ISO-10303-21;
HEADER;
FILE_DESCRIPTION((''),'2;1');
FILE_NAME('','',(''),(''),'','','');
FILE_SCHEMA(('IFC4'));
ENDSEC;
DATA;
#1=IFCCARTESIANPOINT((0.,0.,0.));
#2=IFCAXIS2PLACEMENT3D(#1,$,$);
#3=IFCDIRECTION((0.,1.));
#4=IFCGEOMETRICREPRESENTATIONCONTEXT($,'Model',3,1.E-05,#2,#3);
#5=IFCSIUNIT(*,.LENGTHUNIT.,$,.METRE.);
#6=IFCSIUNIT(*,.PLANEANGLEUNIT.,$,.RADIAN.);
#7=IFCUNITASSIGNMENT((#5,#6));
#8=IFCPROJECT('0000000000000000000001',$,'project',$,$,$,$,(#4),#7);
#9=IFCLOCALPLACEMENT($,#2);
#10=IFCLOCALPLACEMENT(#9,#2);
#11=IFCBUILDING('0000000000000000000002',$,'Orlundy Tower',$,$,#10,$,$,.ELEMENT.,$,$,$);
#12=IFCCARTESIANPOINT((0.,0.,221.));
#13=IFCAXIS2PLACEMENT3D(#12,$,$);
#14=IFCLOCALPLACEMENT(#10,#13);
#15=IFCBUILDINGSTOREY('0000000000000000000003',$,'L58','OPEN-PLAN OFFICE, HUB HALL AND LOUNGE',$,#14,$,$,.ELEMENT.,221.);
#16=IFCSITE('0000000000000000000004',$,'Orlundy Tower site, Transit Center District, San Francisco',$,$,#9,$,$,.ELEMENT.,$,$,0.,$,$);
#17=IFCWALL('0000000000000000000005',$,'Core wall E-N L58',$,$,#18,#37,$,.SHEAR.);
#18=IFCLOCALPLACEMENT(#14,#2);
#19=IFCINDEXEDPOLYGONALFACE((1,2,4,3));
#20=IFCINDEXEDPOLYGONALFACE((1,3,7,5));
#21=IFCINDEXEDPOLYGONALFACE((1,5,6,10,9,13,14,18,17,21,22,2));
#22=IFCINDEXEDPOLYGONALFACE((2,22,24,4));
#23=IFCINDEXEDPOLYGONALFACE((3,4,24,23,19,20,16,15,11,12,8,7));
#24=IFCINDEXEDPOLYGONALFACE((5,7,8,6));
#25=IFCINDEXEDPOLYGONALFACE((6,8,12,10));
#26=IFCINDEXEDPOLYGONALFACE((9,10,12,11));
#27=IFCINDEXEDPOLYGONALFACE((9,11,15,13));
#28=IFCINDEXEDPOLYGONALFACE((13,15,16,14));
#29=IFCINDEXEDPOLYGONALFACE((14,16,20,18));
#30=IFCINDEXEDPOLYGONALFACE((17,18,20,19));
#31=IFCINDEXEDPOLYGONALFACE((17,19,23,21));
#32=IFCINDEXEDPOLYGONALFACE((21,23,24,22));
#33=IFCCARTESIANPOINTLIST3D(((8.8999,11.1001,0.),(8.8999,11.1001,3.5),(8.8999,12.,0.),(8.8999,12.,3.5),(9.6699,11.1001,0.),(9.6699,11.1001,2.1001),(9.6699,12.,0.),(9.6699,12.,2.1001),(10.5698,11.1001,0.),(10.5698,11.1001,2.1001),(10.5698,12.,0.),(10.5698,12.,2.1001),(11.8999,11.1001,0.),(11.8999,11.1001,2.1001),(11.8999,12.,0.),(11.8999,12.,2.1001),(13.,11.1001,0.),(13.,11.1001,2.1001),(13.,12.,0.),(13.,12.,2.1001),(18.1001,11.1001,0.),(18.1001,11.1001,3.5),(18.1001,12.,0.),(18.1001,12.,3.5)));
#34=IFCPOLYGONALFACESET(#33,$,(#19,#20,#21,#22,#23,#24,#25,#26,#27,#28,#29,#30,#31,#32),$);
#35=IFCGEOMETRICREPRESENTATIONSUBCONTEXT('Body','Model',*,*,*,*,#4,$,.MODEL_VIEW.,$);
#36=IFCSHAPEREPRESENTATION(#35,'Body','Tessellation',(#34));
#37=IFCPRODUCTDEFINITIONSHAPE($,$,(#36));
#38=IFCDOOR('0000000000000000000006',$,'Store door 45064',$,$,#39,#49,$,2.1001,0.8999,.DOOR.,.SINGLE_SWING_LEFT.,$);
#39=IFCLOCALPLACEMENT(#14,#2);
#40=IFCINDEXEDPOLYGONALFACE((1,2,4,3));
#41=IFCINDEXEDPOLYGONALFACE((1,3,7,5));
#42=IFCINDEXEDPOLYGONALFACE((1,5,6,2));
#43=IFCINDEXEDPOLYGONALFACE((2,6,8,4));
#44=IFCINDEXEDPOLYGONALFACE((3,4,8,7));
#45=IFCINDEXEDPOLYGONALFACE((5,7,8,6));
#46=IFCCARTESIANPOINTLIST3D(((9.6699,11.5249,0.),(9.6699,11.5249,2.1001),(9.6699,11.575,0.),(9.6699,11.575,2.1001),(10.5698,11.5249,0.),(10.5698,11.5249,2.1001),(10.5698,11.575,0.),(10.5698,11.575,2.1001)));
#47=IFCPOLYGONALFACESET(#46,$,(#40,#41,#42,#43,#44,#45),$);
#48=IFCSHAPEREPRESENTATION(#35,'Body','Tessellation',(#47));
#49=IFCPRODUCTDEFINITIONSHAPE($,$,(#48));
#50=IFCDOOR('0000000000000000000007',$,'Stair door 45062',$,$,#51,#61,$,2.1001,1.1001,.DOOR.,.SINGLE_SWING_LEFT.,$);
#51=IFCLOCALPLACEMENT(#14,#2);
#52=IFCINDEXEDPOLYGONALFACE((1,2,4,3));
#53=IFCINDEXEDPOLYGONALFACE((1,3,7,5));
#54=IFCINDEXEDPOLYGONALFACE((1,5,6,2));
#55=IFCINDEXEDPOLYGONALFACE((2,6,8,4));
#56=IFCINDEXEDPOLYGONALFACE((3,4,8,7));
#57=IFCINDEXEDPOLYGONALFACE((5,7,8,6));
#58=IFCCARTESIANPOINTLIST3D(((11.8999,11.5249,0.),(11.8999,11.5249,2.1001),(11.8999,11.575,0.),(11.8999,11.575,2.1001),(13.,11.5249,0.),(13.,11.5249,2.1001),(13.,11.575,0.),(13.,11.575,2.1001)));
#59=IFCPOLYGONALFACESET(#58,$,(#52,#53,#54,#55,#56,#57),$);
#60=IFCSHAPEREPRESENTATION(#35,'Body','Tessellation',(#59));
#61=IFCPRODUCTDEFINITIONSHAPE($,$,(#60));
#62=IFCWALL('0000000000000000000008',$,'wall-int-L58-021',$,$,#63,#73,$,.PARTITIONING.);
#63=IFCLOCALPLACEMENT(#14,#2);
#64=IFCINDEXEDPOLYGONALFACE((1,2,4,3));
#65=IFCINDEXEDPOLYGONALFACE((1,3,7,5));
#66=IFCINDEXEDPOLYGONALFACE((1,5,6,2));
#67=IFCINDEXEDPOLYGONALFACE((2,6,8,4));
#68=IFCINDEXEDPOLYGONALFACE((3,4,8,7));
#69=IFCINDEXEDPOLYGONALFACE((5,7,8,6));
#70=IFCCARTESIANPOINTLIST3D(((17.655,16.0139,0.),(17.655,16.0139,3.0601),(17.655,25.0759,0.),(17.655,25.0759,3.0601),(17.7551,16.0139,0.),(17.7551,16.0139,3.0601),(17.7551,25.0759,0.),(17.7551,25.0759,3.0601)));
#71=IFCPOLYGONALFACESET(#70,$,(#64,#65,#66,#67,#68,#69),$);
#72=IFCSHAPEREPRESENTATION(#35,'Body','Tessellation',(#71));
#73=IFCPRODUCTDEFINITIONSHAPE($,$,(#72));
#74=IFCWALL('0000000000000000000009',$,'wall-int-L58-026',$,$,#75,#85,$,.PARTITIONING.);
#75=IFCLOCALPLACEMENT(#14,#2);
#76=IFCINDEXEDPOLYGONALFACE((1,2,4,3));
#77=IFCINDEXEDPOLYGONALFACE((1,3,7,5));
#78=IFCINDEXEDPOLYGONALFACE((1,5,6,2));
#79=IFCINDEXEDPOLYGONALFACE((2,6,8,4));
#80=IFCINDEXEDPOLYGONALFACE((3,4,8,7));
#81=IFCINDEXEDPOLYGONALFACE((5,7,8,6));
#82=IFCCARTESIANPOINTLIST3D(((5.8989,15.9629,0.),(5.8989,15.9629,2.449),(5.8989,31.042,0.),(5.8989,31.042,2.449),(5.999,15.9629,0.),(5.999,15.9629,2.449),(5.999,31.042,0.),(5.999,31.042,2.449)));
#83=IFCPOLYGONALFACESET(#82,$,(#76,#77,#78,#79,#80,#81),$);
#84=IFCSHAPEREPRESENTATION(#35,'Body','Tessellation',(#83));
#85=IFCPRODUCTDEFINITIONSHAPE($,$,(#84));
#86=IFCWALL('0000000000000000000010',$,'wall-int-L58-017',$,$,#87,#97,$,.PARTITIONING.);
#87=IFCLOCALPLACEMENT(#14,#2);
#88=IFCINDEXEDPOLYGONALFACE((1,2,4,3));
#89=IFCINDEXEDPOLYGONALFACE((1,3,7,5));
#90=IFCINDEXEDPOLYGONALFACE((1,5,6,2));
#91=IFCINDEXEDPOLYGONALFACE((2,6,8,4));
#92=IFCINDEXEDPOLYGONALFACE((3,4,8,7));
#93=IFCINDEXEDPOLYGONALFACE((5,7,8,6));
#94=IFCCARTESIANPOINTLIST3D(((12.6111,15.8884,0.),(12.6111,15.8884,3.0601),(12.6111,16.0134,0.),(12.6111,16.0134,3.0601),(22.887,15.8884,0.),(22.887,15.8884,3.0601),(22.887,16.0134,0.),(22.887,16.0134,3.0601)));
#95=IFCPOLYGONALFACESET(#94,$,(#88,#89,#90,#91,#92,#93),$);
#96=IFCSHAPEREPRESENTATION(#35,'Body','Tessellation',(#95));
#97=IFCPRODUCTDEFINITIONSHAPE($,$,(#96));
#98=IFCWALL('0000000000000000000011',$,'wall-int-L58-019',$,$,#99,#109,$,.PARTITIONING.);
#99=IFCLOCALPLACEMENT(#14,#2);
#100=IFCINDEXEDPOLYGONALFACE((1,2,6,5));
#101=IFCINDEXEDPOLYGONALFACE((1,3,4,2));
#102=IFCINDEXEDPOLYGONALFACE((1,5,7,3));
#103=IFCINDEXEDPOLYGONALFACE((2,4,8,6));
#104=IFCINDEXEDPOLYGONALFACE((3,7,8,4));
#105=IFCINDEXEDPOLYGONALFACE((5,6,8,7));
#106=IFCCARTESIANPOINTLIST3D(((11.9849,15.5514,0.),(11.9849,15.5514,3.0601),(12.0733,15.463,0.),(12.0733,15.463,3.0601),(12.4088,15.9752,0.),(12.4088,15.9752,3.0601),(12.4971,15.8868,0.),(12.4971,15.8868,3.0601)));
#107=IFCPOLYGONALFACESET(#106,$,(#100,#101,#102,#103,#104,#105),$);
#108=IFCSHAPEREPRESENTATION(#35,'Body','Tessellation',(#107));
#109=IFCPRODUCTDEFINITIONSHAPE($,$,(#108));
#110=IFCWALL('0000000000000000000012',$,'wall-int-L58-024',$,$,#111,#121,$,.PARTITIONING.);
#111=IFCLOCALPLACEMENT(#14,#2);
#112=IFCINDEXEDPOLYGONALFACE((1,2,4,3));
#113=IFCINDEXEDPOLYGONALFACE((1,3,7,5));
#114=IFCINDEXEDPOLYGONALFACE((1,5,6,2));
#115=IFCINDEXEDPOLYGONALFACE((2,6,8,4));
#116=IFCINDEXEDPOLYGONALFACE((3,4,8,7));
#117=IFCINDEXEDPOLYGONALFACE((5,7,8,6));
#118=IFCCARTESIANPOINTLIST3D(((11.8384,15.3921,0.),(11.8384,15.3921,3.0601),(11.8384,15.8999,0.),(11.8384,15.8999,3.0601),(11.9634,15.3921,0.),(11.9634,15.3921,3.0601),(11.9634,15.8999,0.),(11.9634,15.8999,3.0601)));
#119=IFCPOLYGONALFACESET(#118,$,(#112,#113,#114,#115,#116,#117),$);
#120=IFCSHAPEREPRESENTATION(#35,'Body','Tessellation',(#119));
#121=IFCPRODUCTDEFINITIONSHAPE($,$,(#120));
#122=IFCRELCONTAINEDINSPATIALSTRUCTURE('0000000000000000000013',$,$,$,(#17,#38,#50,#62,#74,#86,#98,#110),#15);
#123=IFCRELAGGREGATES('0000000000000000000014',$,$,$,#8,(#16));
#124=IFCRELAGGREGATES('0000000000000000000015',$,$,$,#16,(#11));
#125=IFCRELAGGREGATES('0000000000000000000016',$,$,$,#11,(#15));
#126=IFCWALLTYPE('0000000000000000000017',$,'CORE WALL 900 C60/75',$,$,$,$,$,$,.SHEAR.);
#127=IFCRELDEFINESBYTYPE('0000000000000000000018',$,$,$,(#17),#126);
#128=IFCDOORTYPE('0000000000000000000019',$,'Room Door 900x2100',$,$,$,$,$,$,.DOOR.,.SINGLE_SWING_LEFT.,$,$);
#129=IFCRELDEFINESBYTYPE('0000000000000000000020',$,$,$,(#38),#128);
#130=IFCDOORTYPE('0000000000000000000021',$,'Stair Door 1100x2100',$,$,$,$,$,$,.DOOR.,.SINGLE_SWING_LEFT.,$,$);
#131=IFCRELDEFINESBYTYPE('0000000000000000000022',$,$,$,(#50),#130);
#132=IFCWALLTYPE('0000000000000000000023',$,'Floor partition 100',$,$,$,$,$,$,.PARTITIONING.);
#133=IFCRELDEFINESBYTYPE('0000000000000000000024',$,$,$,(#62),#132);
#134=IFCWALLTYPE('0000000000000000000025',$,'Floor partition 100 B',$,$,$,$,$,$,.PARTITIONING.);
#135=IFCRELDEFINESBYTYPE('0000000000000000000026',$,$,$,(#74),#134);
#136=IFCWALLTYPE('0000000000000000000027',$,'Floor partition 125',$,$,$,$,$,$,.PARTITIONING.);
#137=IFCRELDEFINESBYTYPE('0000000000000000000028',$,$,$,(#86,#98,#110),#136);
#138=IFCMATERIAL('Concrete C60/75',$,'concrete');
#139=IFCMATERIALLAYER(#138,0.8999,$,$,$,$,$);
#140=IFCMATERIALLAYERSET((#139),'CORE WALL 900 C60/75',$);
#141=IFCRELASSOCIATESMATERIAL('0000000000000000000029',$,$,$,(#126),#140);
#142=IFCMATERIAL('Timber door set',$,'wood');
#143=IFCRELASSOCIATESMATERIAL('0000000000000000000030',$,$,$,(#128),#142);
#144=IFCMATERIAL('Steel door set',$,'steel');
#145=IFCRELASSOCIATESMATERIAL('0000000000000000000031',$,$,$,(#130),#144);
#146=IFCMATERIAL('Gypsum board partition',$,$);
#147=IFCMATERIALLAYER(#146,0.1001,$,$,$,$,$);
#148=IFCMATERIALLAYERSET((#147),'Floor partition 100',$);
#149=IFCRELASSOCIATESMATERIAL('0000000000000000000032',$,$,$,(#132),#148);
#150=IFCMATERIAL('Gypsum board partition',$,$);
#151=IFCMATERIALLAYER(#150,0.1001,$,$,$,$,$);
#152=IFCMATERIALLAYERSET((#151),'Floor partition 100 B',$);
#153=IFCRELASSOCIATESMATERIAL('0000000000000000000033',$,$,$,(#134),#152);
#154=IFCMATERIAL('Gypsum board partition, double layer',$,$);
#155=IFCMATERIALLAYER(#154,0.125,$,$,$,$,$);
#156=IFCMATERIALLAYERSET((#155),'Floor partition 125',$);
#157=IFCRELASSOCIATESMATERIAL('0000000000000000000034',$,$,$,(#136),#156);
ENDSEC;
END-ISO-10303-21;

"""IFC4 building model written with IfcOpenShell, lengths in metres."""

from ifc_helpers import new_model, si_unit, direction, frame, frame_2d, origin, place, context, subcontext, project, spatial, rectangle, extrude, material, layer, layer_set, type_object, element, fill, save


model = new_model("IFC4")

# Units and contexts
model_context = context("Model", 3, precision=1e-05, world=origin(), true_north=direction((0.0, 1.0)))
body_context = subcontext(model_context, "Body", "Model", "MODEL_VIEW")
ifc_project = project(units=[si_unit("LENGTHUNIT", "METRE"), si_unit("PLANEANGLEUNIT", "RADIAN")], contexts=[model_context])

# Site, building, storey
site_placement = place(None, origin())
site = spatial("IfcSite", under=ifc_project, at=site_placement, Name="Orlundy Tower site, Transit Center District, San Francisco", CompositionType="ELEMENT", RefElevation=0.0)
building_placement = place(site_placement, origin())
building = spatial("IfcBuilding", under=site, at=building_placement, Name="Orlundy Tower", CompositionType="ELEMENT")
storey_placement = place(building_placement, frame((0.0, 0.0, 221.0)))
storey = spatial("IfcBuildingStorey", under=building, at=storey_placement, Name="L58", Description="OPEN-PLAN OFFICE, HUB HALL AND LOUNGE", CompositionType="ELEMENT", Elevation=221.0)

# Wall, openings, doors
ifc_material_1 = material(Name="Concrete C60/75", Category="concrete")
ifc_layer_1 = layer(ifc_material_1, 0.8999)
ifc_layer_set_1 = layer_set([ifc_layer_1], Name="CORE WALL 900 C60/75")
wall_type_1 = type_object("IfcWallType", Name="CORE WALL 900 C60/75", PredefinedType="SHEAR", material=ifc_layer_set_1)
wall_1_placement = place(storey_placement, frame((8.8999, 11.55, 0.0), z_axis=(0.0, 0.0, 1.0), x_axis=(1.0, 0.0, 0.0)))
wall_1 = element("IfcWall", 1, at=wall_1_placement, inside=storey, type_object=wall_type_1, Name="Core wall E-N L58", PredefinedType="SHEAR", context=body_context, shape_type="SweptSolid", body=[
    extrude(rectangle(XDim=9.2002, YDim=0.8999, at=frame_2d((4.6001, 0.0))), origin(), (0.0, 0.0, 1.0), 3.5),
])
opening_1_placement = place(wall_1_placement, frame((3.0, 0.0, 0.0)))
opening_1 = element("IfcOpeningElement", 2, at=opening_1_placement, cuts=wall_1, PredefinedType="OPENING", context=body_context, shape_type="SweptSolid", body=[
    extrude(rectangle(XDim=1.1001, YDim=2.1001, at=frame_2d((0.55, 1.05))), frame((0.0, 0.46, 0.0), z_axis=(0.0, -1.0, 0.0), x_axis=(1.0, 0.0, 0.0)), (0.0, 0.0, 1.0), 0.9199),
])
opening_2_placement = place(wall_1_placement, frame((0.77, 0.0, 0.0)))
opening_2 = element("IfcOpeningElement", 3, at=opening_2_placement, cuts=wall_1, PredefinedType="OPENING", context=body_context, shape_type="SweptSolid", body=[
    extrude(rectangle(XDim=0.8999, YDim=2.1001, at=frame_2d((0.45, 1.05))), frame((0.0, 0.46, 0.0), z_axis=(0.0, -1.0, 0.0), x_axis=(1.0, 0.0, 0.0)), (0.0, 0.0, 1.0), 0.9199),
])
ifc_material_2 = material(Name="Timber door set", Category="wood")
door_type_1 = type_object("IfcDoorType", Name="Room Door 900x2100", OperationType="SINGLE_SWING_LEFT", PredefinedType="DOOR", material=ifc_material_2)
door_1_placement = place(opening_2_placement, origin())
door_1 = element("IfcDoor", 4, at=door_1_placement, inside=storey, type_object=door_type_1, Name="Store door 45064", OperationType="SINGLE_SWING_LEFT", OverallHeight=2.1001, OverallWidth=0.8999, PredefinedType="DOOR", context=body_context, shape_type="SweptSolid", body=[
    extrude(rectangle(XDim=0.8999, YDim=2.1001, at=frame_2d((0.45, 1.05))), frame((0.0, 0.0249, 0.0), z_axis=(0.0, -1.0, 0.0), x_axis=(1.0, 0.0, 0.0)), (0.0, 0.0, 1.0), 0.05),
])
fill(opening_2, door_1)
ifc_material_3 = material(Name="Steel door set", Category="steel")
door_type_2 = type_object("IfcDoorType", Name="Stair Door 1100x2100", OperationType="SINGLE_SWING_LEFT", PredefinedType="DOOR", material=ifc_material_3)
door_2_placement = place(opening_1_placement, origin())
door_2 = element("IfcDoor", 5, at=door_2_placement, inside=storey, type_object=door_type_2, Name="Stair door 45062", OperationType="SINGLE_SWING_LEFT", OverallHeight=2.1001, OverallWidth=1.1001, PredefinedType="DOOR", context=body_context, shape_type="SweptSolid", body=[
    extrude(rectangle(XDim=1.1001, YDim=2.1001, at=frame_2d((0.55, 1.05))), frame((0.0, 0.0249, 0.0), z_axis=(0.0, -1.0, 0.0), x_axis=(1.0, 0.0, 0.0)), (0.0, 0.0, 1.0), 0.05),
])
fill(opening_1, door_2)

# Walls
ifc_material_4 = material(Name="Gypsum board partition")
ifc_layer_2 = layer(ifc_material_4, 0.1001)
ifc_layer_set_2 = layer_set([ifc_layer_2], Name="Floor partition 100")
wall_type_2 = type_object("IfcWallType", Name="Floor partition 100", PredefinedType="PARTITIONING", material=ifc_layer_set_2)
wall_2_placement = place(storey_placement, frame((17.7051, 16.0139, 0.0), z_axis=(0.0, 0.0, 1.0), x_axis=(0.0, 1.0, 0.0)))
element("IfcWall", 6, at=wall_2_placement, inside=storey, type_object=wall_type_2, Name="wall-int-L58-021", PredefinedType="PARTITIONING", context=body_context, shape_type="SweptSolid", body=[
    extrude(rectangle(XDim=9.062, YDim=0.1001, at=frame_2d((4.531, 0.0))), origin(), (0.0, 0.0, 1.0), 3.0601),
])
ifc_material_5 = material(Name="Gypsum board partition")
ifc_layer_3 = layer(ifc_material_5, 0.1001)
ifc_layer_set_3 = layer_set([ifc_layer_3], Name="Floor partition 100 B")
wall_type_3 = type_object("IfcWallType", Name="Floor partition 100 B", PredefinedType="PARTITIONING", material=ifc_layer_set_3)
wall_3_placement = place(storey_placement, frame((5.949, 15.9629, 0.0), z_axis=(0.0, 0.0, 1.0), x_axis=(0.0, 1.0, 0.0)))
element("IfcWall", 7, at=wall_3_placement, inside=storey, type_object=wall_type_3, Name="wall-int-L58-026", PredefinedType="PARTITIONING", context=body_context, shape_type="SweptSolid", body=[
    extrude(rectangle(XDim=15.0791, YDim=0.1001, at=frame_2d((7.5396, 0.0))), origin(), (0.0, 0.0, 1.0), 2.449),
])
ifc_material_6 = material(Name="Gypsum board partition, double layer")
ifc_layer_4 = layer(ifc_material_6, 0.125)
ifc_layer_set_4 = layer_set([ifc_layer_4], Name="Floor partition 125")
wall_type_4 = type_object("IfcWallType", Name="Floor partition 125", PredefinedType="PARTITIONING", material=ifc_layer_set_4)
wall_4_placement = place(storey_placement, frame((12.6111, 15.9509, 0.0), z_axis=(0.0, 0.0, 1.0), x_axis=(1.0, 0.0, 0.0)))
element("IfcWall", 8, at=wall_4_placement, inside=storey, type_object=wall_type_4, Name="wall-int-L58-017", PredefinedType="PARTITIONING", context=body_context, shape_type="SweptSolid", body=[
    extrude(rectangle(XDim=10.2759, YDim=0.125, at=frame_2d((5.1379, 0.0))), origin(), (0.0, 0.0, 1.0), 3.0601),
])
wall_5_placement = place(storey_placement, frame((12.0291, 15.5071, 0.0), z_axis=(0.0, 0.0, 1.0), x_axis=(0.707107, 0.707107, 0.0)))
element("IfcWall", 9, at=wall_5_placement, inside=storey, type_object=wall_type_4, Name="wall-int-L58-019", PredefinedType="PARTITIONING", context=body_context, shape_type="SweptSolid", body=[
    extrude(rectangle(XDim=0.5994, YDim=0.125, at=frame_2d((0.2998, 0.0))), origin(), (0.0, 0.0, 1.0), 3.0601),
])
wall_6_placement = place(storey_placement, frame((11.9009, 15.3921, 0.0), z_axis=(0.0, 0.0, 1.0), x_axis=(0.0, 1.0, 0.0)))
element("IfcWall", 10, at=wall_6_placement, inside=storey, type_object=wall_type_4, Name="wall-int-L58-024", PredefinedType="PARTITIONING", context=body_context, shape_type="SweptSolid", body=[
    extrude(rectangle(XDim=0.5078, YDim=0.125, at=frame_2d((0.2539, 0.0))), origin(), (0.0, 0.0, 1.0), 3.0601),
])

save(model, "model.ifc")
